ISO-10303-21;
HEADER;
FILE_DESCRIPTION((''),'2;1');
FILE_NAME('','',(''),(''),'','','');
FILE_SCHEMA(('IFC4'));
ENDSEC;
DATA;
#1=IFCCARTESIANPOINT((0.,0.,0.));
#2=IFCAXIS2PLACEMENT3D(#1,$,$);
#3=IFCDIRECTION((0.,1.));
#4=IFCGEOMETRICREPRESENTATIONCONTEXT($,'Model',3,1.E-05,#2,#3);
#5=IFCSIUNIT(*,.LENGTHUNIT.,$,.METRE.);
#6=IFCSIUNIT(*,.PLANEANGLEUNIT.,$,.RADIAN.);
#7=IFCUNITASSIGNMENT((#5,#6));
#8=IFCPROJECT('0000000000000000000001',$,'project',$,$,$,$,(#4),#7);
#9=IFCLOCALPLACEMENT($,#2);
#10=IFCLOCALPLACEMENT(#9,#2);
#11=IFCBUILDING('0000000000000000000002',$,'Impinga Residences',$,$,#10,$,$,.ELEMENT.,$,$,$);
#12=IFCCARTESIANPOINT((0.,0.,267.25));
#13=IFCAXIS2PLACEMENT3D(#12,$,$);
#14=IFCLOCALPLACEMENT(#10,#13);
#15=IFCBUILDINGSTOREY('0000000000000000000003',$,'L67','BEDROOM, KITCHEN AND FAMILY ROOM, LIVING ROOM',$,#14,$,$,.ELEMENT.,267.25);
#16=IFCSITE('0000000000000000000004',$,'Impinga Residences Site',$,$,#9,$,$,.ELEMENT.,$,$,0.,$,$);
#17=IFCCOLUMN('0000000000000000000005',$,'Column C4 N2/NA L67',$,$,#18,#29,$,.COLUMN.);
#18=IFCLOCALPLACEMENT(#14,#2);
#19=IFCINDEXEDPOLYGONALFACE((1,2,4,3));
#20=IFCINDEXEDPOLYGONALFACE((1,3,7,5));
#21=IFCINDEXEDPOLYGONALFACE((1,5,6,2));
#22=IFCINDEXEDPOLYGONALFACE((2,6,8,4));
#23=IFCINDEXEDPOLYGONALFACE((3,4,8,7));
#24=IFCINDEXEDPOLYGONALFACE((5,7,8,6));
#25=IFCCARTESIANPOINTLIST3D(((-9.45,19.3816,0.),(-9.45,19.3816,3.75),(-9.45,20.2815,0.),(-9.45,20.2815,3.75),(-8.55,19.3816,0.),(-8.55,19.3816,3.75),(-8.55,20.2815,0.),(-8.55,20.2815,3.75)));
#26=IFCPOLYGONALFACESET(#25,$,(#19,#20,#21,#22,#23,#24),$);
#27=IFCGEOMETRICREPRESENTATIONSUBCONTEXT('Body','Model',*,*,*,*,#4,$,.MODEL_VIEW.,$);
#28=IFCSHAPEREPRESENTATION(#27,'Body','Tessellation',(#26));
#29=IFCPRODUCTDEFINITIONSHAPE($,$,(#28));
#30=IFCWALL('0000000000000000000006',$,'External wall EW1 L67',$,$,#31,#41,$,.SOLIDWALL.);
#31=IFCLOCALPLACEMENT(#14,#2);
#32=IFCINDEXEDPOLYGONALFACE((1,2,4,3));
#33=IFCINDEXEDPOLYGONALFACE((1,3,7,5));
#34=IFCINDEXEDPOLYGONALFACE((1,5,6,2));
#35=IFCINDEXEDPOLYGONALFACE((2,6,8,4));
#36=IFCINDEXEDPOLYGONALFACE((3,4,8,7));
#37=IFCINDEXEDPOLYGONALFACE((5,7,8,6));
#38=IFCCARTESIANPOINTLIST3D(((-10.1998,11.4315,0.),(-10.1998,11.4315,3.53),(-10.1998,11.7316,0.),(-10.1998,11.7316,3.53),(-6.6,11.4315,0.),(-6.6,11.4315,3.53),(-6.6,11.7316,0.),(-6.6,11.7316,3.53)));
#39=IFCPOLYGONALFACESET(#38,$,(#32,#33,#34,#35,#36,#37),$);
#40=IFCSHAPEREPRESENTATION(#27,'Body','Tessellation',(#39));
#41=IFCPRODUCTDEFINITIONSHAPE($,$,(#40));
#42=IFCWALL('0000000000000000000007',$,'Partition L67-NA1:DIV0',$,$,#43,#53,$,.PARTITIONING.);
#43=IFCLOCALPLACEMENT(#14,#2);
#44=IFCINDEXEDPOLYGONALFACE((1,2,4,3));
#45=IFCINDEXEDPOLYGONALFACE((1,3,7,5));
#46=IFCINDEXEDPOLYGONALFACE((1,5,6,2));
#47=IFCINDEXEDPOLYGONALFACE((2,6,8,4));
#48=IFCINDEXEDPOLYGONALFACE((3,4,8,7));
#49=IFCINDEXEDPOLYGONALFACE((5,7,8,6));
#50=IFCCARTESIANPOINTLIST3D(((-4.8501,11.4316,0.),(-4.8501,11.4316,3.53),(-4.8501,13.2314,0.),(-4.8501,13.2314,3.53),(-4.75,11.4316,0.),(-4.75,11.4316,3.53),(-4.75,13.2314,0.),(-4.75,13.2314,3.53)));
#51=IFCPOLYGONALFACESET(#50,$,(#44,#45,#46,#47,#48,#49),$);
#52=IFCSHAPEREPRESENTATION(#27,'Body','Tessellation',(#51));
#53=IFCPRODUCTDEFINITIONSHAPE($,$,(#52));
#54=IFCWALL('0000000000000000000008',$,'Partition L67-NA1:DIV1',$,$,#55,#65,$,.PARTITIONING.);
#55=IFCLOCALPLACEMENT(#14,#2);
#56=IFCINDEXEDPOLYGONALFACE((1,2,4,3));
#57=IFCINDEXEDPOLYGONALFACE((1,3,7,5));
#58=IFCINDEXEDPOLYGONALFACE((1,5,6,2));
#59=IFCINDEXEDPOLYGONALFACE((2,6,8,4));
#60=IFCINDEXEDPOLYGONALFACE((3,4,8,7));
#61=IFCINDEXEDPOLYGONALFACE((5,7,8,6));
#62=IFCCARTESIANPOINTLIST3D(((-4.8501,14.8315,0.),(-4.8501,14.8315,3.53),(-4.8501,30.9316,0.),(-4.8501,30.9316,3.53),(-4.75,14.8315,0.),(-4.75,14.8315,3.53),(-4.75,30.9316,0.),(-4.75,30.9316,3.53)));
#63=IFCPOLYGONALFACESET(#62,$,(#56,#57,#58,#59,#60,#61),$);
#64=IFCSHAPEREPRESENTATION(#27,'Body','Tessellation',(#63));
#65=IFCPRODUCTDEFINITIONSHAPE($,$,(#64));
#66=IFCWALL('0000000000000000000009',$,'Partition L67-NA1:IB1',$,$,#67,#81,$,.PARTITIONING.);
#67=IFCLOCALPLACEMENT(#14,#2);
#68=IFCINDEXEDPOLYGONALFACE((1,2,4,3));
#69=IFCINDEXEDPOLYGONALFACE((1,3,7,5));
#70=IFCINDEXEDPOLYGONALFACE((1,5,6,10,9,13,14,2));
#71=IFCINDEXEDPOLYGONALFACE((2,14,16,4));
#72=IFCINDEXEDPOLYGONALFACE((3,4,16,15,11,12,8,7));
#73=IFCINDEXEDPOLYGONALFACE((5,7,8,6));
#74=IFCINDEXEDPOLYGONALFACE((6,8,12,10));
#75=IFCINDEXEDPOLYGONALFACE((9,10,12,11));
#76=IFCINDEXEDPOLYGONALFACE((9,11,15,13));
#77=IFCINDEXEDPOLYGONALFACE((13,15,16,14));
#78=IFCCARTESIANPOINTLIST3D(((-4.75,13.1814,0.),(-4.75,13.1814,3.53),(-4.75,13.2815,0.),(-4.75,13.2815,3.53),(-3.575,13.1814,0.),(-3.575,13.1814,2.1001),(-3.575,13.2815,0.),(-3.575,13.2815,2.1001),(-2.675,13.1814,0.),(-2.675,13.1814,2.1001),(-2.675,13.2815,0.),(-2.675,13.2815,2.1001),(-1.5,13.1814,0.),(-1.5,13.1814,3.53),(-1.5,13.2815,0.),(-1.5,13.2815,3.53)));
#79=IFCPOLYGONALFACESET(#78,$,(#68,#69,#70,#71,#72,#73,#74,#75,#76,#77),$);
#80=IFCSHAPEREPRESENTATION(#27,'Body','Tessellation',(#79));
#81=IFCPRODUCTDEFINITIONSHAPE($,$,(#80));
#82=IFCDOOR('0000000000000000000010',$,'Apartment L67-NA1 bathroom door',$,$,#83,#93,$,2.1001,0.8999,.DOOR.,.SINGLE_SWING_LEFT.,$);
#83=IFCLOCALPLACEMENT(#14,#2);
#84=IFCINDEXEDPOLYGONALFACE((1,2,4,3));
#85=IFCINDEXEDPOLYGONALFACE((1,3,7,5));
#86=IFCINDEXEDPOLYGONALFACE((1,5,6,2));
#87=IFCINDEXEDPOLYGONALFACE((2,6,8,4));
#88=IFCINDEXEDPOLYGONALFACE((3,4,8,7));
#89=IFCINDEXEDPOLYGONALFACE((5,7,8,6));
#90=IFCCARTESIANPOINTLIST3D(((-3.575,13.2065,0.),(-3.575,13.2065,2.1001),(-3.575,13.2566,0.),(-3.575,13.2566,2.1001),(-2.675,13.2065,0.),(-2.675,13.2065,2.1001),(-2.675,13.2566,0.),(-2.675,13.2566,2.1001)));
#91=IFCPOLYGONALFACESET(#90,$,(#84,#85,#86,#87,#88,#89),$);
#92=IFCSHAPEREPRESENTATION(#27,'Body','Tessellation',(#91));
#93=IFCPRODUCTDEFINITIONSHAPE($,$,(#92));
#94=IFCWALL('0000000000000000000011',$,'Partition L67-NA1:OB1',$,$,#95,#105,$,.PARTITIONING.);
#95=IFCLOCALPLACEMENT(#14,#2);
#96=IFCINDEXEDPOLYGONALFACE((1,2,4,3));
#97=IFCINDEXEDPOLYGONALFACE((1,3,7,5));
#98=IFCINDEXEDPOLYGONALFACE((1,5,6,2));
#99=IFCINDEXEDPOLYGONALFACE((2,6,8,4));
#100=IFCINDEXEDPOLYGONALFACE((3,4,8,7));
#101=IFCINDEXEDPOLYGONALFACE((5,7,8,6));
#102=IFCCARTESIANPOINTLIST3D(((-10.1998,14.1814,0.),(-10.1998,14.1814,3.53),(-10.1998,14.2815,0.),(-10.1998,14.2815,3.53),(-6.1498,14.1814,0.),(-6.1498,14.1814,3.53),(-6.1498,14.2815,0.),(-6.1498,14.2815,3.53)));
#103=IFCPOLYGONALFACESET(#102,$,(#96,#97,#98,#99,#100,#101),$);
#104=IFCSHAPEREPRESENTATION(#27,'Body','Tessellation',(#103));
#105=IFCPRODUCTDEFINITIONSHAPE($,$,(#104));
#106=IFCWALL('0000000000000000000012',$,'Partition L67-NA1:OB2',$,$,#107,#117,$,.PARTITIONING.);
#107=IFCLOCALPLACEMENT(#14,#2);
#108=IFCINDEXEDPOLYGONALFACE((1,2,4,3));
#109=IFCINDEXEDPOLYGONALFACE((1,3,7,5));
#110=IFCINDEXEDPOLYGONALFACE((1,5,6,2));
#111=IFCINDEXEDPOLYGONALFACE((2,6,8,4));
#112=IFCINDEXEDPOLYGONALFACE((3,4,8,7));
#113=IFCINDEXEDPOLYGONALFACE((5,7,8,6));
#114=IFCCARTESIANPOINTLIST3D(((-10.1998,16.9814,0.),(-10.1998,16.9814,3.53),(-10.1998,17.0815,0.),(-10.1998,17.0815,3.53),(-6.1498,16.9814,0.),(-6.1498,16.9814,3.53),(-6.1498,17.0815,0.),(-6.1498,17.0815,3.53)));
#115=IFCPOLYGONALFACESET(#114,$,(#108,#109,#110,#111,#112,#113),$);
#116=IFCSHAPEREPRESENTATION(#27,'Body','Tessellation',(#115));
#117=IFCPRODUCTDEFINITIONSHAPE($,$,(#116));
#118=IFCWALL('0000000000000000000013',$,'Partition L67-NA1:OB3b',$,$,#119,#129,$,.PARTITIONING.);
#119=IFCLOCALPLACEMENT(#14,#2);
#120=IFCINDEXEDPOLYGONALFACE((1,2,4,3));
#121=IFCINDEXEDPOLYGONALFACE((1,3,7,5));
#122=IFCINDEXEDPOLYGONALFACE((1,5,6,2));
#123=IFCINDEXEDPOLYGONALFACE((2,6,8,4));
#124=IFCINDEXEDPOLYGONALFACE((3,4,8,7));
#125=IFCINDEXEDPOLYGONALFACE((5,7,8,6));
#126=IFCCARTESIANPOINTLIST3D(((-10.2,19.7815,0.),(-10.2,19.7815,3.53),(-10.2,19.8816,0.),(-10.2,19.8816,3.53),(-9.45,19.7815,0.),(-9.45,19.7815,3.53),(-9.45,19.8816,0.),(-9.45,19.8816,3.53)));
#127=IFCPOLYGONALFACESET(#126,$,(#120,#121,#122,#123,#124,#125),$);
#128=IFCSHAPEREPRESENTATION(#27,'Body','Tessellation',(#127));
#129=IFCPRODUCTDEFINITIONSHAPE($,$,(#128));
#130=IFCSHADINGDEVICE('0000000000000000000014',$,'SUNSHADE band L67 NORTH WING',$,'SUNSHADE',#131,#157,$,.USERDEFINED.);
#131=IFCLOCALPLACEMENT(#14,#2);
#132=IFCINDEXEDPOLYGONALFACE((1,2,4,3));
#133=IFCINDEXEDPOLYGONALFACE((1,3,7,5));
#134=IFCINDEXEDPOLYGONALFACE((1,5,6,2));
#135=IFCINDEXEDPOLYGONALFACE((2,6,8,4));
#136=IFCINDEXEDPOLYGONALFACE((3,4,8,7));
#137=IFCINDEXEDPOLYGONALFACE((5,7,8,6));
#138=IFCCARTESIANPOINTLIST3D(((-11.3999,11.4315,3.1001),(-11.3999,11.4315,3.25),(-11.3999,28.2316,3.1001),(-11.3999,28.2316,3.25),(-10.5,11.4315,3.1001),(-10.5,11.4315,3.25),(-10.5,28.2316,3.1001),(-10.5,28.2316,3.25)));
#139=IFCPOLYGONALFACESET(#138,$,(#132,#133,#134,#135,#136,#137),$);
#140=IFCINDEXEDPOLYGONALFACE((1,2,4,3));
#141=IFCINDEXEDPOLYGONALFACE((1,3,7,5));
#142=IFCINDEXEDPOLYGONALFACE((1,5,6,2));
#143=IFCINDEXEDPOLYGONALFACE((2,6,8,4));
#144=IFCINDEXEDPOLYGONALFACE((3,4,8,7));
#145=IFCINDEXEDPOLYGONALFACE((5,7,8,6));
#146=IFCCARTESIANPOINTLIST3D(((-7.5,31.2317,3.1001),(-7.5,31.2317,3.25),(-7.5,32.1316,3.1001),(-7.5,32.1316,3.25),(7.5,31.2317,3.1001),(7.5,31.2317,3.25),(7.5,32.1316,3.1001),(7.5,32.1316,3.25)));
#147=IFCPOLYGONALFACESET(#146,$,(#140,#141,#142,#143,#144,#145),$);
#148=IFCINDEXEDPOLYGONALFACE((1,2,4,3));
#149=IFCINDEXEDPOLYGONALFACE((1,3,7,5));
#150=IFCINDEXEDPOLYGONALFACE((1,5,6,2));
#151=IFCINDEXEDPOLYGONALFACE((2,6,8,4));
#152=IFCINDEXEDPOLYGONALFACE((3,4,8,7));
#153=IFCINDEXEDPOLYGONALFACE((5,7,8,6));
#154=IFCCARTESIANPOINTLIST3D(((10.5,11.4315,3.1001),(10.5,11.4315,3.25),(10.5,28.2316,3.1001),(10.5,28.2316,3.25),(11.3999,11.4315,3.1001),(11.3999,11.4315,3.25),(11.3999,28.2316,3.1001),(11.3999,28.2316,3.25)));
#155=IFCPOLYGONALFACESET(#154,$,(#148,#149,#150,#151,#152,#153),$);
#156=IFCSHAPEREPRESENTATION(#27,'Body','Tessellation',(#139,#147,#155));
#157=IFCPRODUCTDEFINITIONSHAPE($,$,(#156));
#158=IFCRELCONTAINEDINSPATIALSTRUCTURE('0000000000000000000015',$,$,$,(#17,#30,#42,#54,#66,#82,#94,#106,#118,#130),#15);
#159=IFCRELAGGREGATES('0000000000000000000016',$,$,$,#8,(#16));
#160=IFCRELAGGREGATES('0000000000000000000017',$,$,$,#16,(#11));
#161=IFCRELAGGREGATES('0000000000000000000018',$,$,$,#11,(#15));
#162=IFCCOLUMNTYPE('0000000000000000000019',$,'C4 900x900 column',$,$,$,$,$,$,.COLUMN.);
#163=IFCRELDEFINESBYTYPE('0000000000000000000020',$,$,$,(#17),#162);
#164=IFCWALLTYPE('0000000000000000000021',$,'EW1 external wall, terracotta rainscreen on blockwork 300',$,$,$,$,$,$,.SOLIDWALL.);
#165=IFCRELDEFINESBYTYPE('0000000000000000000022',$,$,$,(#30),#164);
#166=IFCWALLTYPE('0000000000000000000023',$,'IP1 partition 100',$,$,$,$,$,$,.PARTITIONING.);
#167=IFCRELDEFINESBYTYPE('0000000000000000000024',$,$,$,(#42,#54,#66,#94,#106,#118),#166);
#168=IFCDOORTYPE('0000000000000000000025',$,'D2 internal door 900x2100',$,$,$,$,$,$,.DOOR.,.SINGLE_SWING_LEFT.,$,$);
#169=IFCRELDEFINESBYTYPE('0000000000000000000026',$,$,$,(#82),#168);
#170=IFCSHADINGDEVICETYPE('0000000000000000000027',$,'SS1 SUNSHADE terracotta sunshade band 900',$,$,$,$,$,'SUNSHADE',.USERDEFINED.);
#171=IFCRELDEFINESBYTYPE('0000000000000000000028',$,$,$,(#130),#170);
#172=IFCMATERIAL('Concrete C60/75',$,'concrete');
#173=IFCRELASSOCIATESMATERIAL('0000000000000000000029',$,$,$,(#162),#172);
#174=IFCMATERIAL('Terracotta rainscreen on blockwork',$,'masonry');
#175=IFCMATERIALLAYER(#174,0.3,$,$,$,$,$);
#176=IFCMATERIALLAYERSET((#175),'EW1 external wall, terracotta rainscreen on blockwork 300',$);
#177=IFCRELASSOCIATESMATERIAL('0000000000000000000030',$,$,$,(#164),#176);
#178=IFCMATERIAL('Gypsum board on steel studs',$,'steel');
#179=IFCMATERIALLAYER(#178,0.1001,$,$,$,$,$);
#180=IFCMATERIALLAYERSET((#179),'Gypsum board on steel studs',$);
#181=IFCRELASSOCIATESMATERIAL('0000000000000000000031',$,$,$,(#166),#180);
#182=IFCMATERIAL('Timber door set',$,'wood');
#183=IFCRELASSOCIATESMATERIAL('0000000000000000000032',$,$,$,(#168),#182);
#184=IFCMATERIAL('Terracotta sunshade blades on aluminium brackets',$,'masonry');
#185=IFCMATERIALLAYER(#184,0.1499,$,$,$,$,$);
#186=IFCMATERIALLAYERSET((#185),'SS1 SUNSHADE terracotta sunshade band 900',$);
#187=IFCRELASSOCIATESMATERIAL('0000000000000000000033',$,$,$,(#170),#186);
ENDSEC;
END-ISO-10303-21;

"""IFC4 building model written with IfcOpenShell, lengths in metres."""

from ifc_helpers import new_model, si_unit, direction, frame, frame_2d, origin, origin_2d, place, context, subcontext, project, spatial, rectangle, extrude, material, layer, layer_set, material_profile, profile_set, type_object, element, fill, save


model = new_model("IFC4")

# Units and contexts
model_context = context("Model", 3, precision=1e-05, world=origin(), true_north=direction((0.0, 1.0)))
body_context = subcontext(model_context, "Body", "Model", "MODEL_VIEW")
ifc_project = project(units=[si_unit("LENGTHUNIT", "METRE"), si_unit("PLANEANGLEUNIT", "RADIAN")], contexts=[model_context])

# Site, building, storey
site_placement = place(None, origin())
site = spatial("IfcSite", under=ifc_project, at=site_placement, Name="Impinga Residences Site", CompositionType="ELEMENT", RefElevation=0.0)
building_placement = place(site_placement, origin())
building = spatial("IfcBuilding", under=site, at=building_placement, Name="Impinga Residences", CompositionType="ELEMENT")
storey_placement = place(building_placement, frame((0.0, 0.0, 267.25)))
storey = spatial("IfcBuildingStorey", under=building, at=storey_placement, Name="L67", Description="BEDROOM, KITCHEN AND FAMILY ROOM, LIVING ROOM", CompositionType="ELEMENT", Elevation=267.25)

# Column
ifc_material_1 = material(Name="Concrete C60/75", Category="concrete")
ifc_material_profile = material_profile(ifc_material_1, rectangle(XDim=0.8999, YDim=0.8999, at=origin_2d()), Name="RC 900x900")
ifc_profile_set = profile_set([ifc_material_profile], Name="Concrete C60/75")
column_type = type_object("IfcColumnType", Name="C4 900x900 column", PredefinedType="COLUMN", material=ifc_profile_set)
column_placement = place(storey_placement, frame((-9.0, 19.8315, 0.0), z_axis=(0.0, 0.0, 1.0), x_axis=(1.0, 0.0, 0.0)))
element("IfcColumn", 1, at=column_placement, inside=storey, type_object=column_type, Name="Column C4 N2/NA L67", PredefinedType="COLUMN", context=body_context, shape_type="SweptSolid", body=[
    extrude(rectangle(XDim=0.8999, YDim=0.8999, at=origin_2d()), origin(), (0.0, 0.0, 1.0), 3.75),
])

# Walls
ifc_material_2 = material(Name="Terracotta rainscreen on blockwork", Category="masonry")
ifc_layer_1 = layer(ifc_material_2, 0.3)
ifc_layer_set_1 = layer_set([ifc_layer_1], Name="EW1 external wall, terracotta rainscreen on blockwork 300")
wall_type_1 = type_object("IfcWallType", Name="EW1 external wall, terracotta rainscreen on blockwork 300", PredefinedType="SOLIDWALL", material=ifc_layer_set_1)
wall_1_placement = place(storey_placement, frame((-6.6001, 11.5815, 0.0), z_axis=(0.0, 0.0, 1.0), x_axis=(-1.0, 0.0, 0.0)))
element("IfcWall", 2, at=wall_1_placement, inside=storey, type_object=wall_type_1, Name="External wall EW1 L67", PredefinedType="SOLIDWALL", context=body_context, shape_type="SweptSolid", body=[
    extrude(rectangle(XDim=3.5999, YDim=0.3, at=frame_2d((1.7998, 0.0))), origin(), (0.0, 0.0, 1.0), 3.53),
])
ifc_material_3 = material(Name="Gypsum board on steel studs", Category="steel")
ifc_layer_2 = layer(ifc_material_3, 0.1001)
ifc_layer_set_2 = layer_set([ifc_layer_2], Name="Gypsum board on steel studs")
wall_type_2 = type_object("IfcWallType", Name="IP1 partition 100", PredefinedType="PARTITIONING", material=ifc_layer_set_2)
wall_2_placement = place(storey_placement, frame((-4.8, 11.4316, 0.0), z_axis=(0.0, 0.0, 1.0), x_axis=(0.0, 1.0, 0.0)))
element("IfcWall", 3, at=wall_2_placement, inside=storey, type_object=wall_type_2, Name="Partition L67-NA1:DIV0", PredefinedType="PARTITIONING", context=body_context, shape_type="SweptSolid", body=[
    extrude(rectangle(XDim=1.7998, YDim=0.1001, at=frame_2d((0.8999, 0.0))), origin(), (0.0, 0.0, 1.0), 3.53),
])
wall_3_placement = place(storey_placement, frame((-4.8, 14.8315, 0.0), z_axis=(0.0, 0.0, 1.0), x_axis=(0.0, 1.0, 0.0)))
element("IfcWall", 4, at=wall_3_placement, inside=storey, type_object=wall_type_2, Name="Partition L67-NA1:DIV1", PredefinedType="PARTITIONING", context=body_context, shape_type="SweptSolid", body=[
    extrude(rectangle(XDim=16.1001, YDim=0.1001, at=frame_2d((8.05, 0.0))), origin(), (0.0, 0.0, 1.0), 3.53),
])

# Wall, opening, door
wall_4_placement = place(storey_placement, frame((-1.5, 13.2314, 0.0), z_axis=(0.0, 0.0, 1.0), x_axis=(-1.0, 0.0, 0.0)))
wall_4 = element("IfcWall", 5, at=wall_4_placement, inside=storey, type_object=wall_type_2, Name="Partition L67-NA1:IB1", PredefinedType="PARTITIONING", context=body_context, shape_type="SweptSolid", body=[
    extrude(rectangle(XDim=3.25, YDim=0.1001, at=frame_2d((1.625, 0.0))), origin(), (0.0, 0.0, 1.0), 3.53),
])
opening_placement = place(wall_4_placement, frame((1.175, 0.0, 0.0)))
opening = element("IfcOpeningElement", 6, at=opening_placement, cuts=wall_4, PredefinedType="OPENING", context=body_context, shape_type="SweptSolid", body=[
    extrude(rectangle(XDim=0.8999, YDim=2.1001, at=frame_2d((0.45, 1.05))), frame((0.0, 0.0601, 0.0), z_axis=(0.0, -1.0, 0.0), x_axis=(1.0, 0.0, 0.0)), (0.0, 0.0, 1.0), 0.1201),
])
ifc_material_4 = material(Name="Timber door set", Category="wood")
door_type = type_object("IfcDoorType", Name="D2 internal door 900x2100", OperationType="SINGLE_SWING_LEFT", PredefinedType="DOOR", material=ifc_material_4)
door_placement = place(opening_placement, origin())
door = element("IfcDoor", 7, at=door_placement, inside=storey, type_object=door_type, Name="Apartment L67-NA1 bathroom door", OperationType="SINGLE_SWING_LEFT", OverallHeight=2.1001, OverallWidth=0.8999, PredefinedType="DOOR", context=body_context, shape_type="SweptSolid", body=[
    extrude(rectangle(XDim=0.8999, YDim=2.1001, at=frame_2d((0.45, 1.05))), frame((0.0, 0.0249, 0.0), z_axis=(0.0, -1.0, 0.0), x_axis=(1.0, 0.0, 0.0)), (0.0, 0.0, 1.0), 0.05),
])
fill(opening, door)

# Walls
for number, where, z_axis, x_axis, name in (
    (8, (-6.1499, 14.2314, 0.0), (0.0, 0.0, 1.0), (-1.0, 0.0, 0.0), "Partition L67-NA1:OB1"),
    (9, (-6.1499, 17.0315, 0.0), (0.0, 0.0, 1.0), (-1.0, 0.0, 0.0), "Partition L67-NA1:OB2"),
):
    element("IfcWall", number, at=place(storey_placement, frame(where, z_axis=z_axis, x_axis=x_axis)), inside=storey, type_object=wall_type_2, Name=name, PredefinedType="PARTITIONING", context=body_context, shape_type="SweptSolid", body=[
        extrude(rectangle(XDim=4.05, YDim=0.1001, at=frame_2d((2.0249, 0.0))), origin(), (0.0, 0.0, 1.0), 3.53),
    ])
wall_5_placement = place(storey_placement, frame((-9.45, 19.8315, 0.0), z_axis=(0.0, 0.0, 1.0), x_axis=(-1.0, 0.0, 0.0)))
element("IfcWall", 10, at=wall_5_placement, inside=storey, type_object=wall_type_2, Name="Partition L67-NA1:OB3b", PredefinedType="PARTITIONING", context=body_context, shape_type="SweptSolid", body=[
    extrude(rectangle(XDim=0.75, YDim=0.1001, at=frame_2d((0.375, 0.0))), origin(), (0.0, 0.0, 1.0), 3.53),
])

# Shading device
ifc_material_5 = material(Name="Terracotta sunshade blades on aluminium brackets", Category="masonry")
ifc_layer_3 = layer(ifc_material_5, 0.1499)
ifc_layer_set_3 = layer_set([ifc_layer_3], Name="SS1 SUNSHADE terracotta sunshade band 900")
shading_device_type = type_object("IfcShadingDeviceType", Name="SS1 SUNSHADE terracotta sunshade band 900", ElementType="SUNSHADE", PredefinedType="USERDEFINED", material=ifc_layer_set_3)
shading_device_placement = place(storey_placement, frame((-10.95, 19.8315, 3.1001), z_axis=(0.0, 0.0, 1.0), x_axis=(0.0, 1.0, 0.0)))
element("IfcShadingDevice", 11, at=shading_device_placement, inside=storey, type_object=shading_device_type, Name="SUNSHADE band L67 NORTH WING", ObjectType="SUNSHADE", PredefinedType="USERDEFINED", context=body_context, shape_type="SweptSolid", body=[
    extrude(rectangle(XDim=16.8, YDim=0.8999, at=origin_2d()), origin(), (0.0, 0.0, 1.0), 0.1499),
    extrude(rectangle(XDim=15.0, YDim=0.8999, at=origin_2d()), frame((11.8501, -10.95, 0.0), z_axis=(0.0, 0.0, 1.0), x_axis=(0.0, -1.0, 0.0)), (0.0, 0.0, 1.0), 0.1499),
    extrude(rectangle(XDim=16.8, YDim=0.8999, at=origin_2d()), frame((0.0, -21.8999, 0.0), z_axis=(0.0, 0.0, 1.0), x_axis=(-1.0, 0.0, 0.0)), (0.0, 0.0, 1.0), 0.1499),
])

save(model, "model.ifc")
